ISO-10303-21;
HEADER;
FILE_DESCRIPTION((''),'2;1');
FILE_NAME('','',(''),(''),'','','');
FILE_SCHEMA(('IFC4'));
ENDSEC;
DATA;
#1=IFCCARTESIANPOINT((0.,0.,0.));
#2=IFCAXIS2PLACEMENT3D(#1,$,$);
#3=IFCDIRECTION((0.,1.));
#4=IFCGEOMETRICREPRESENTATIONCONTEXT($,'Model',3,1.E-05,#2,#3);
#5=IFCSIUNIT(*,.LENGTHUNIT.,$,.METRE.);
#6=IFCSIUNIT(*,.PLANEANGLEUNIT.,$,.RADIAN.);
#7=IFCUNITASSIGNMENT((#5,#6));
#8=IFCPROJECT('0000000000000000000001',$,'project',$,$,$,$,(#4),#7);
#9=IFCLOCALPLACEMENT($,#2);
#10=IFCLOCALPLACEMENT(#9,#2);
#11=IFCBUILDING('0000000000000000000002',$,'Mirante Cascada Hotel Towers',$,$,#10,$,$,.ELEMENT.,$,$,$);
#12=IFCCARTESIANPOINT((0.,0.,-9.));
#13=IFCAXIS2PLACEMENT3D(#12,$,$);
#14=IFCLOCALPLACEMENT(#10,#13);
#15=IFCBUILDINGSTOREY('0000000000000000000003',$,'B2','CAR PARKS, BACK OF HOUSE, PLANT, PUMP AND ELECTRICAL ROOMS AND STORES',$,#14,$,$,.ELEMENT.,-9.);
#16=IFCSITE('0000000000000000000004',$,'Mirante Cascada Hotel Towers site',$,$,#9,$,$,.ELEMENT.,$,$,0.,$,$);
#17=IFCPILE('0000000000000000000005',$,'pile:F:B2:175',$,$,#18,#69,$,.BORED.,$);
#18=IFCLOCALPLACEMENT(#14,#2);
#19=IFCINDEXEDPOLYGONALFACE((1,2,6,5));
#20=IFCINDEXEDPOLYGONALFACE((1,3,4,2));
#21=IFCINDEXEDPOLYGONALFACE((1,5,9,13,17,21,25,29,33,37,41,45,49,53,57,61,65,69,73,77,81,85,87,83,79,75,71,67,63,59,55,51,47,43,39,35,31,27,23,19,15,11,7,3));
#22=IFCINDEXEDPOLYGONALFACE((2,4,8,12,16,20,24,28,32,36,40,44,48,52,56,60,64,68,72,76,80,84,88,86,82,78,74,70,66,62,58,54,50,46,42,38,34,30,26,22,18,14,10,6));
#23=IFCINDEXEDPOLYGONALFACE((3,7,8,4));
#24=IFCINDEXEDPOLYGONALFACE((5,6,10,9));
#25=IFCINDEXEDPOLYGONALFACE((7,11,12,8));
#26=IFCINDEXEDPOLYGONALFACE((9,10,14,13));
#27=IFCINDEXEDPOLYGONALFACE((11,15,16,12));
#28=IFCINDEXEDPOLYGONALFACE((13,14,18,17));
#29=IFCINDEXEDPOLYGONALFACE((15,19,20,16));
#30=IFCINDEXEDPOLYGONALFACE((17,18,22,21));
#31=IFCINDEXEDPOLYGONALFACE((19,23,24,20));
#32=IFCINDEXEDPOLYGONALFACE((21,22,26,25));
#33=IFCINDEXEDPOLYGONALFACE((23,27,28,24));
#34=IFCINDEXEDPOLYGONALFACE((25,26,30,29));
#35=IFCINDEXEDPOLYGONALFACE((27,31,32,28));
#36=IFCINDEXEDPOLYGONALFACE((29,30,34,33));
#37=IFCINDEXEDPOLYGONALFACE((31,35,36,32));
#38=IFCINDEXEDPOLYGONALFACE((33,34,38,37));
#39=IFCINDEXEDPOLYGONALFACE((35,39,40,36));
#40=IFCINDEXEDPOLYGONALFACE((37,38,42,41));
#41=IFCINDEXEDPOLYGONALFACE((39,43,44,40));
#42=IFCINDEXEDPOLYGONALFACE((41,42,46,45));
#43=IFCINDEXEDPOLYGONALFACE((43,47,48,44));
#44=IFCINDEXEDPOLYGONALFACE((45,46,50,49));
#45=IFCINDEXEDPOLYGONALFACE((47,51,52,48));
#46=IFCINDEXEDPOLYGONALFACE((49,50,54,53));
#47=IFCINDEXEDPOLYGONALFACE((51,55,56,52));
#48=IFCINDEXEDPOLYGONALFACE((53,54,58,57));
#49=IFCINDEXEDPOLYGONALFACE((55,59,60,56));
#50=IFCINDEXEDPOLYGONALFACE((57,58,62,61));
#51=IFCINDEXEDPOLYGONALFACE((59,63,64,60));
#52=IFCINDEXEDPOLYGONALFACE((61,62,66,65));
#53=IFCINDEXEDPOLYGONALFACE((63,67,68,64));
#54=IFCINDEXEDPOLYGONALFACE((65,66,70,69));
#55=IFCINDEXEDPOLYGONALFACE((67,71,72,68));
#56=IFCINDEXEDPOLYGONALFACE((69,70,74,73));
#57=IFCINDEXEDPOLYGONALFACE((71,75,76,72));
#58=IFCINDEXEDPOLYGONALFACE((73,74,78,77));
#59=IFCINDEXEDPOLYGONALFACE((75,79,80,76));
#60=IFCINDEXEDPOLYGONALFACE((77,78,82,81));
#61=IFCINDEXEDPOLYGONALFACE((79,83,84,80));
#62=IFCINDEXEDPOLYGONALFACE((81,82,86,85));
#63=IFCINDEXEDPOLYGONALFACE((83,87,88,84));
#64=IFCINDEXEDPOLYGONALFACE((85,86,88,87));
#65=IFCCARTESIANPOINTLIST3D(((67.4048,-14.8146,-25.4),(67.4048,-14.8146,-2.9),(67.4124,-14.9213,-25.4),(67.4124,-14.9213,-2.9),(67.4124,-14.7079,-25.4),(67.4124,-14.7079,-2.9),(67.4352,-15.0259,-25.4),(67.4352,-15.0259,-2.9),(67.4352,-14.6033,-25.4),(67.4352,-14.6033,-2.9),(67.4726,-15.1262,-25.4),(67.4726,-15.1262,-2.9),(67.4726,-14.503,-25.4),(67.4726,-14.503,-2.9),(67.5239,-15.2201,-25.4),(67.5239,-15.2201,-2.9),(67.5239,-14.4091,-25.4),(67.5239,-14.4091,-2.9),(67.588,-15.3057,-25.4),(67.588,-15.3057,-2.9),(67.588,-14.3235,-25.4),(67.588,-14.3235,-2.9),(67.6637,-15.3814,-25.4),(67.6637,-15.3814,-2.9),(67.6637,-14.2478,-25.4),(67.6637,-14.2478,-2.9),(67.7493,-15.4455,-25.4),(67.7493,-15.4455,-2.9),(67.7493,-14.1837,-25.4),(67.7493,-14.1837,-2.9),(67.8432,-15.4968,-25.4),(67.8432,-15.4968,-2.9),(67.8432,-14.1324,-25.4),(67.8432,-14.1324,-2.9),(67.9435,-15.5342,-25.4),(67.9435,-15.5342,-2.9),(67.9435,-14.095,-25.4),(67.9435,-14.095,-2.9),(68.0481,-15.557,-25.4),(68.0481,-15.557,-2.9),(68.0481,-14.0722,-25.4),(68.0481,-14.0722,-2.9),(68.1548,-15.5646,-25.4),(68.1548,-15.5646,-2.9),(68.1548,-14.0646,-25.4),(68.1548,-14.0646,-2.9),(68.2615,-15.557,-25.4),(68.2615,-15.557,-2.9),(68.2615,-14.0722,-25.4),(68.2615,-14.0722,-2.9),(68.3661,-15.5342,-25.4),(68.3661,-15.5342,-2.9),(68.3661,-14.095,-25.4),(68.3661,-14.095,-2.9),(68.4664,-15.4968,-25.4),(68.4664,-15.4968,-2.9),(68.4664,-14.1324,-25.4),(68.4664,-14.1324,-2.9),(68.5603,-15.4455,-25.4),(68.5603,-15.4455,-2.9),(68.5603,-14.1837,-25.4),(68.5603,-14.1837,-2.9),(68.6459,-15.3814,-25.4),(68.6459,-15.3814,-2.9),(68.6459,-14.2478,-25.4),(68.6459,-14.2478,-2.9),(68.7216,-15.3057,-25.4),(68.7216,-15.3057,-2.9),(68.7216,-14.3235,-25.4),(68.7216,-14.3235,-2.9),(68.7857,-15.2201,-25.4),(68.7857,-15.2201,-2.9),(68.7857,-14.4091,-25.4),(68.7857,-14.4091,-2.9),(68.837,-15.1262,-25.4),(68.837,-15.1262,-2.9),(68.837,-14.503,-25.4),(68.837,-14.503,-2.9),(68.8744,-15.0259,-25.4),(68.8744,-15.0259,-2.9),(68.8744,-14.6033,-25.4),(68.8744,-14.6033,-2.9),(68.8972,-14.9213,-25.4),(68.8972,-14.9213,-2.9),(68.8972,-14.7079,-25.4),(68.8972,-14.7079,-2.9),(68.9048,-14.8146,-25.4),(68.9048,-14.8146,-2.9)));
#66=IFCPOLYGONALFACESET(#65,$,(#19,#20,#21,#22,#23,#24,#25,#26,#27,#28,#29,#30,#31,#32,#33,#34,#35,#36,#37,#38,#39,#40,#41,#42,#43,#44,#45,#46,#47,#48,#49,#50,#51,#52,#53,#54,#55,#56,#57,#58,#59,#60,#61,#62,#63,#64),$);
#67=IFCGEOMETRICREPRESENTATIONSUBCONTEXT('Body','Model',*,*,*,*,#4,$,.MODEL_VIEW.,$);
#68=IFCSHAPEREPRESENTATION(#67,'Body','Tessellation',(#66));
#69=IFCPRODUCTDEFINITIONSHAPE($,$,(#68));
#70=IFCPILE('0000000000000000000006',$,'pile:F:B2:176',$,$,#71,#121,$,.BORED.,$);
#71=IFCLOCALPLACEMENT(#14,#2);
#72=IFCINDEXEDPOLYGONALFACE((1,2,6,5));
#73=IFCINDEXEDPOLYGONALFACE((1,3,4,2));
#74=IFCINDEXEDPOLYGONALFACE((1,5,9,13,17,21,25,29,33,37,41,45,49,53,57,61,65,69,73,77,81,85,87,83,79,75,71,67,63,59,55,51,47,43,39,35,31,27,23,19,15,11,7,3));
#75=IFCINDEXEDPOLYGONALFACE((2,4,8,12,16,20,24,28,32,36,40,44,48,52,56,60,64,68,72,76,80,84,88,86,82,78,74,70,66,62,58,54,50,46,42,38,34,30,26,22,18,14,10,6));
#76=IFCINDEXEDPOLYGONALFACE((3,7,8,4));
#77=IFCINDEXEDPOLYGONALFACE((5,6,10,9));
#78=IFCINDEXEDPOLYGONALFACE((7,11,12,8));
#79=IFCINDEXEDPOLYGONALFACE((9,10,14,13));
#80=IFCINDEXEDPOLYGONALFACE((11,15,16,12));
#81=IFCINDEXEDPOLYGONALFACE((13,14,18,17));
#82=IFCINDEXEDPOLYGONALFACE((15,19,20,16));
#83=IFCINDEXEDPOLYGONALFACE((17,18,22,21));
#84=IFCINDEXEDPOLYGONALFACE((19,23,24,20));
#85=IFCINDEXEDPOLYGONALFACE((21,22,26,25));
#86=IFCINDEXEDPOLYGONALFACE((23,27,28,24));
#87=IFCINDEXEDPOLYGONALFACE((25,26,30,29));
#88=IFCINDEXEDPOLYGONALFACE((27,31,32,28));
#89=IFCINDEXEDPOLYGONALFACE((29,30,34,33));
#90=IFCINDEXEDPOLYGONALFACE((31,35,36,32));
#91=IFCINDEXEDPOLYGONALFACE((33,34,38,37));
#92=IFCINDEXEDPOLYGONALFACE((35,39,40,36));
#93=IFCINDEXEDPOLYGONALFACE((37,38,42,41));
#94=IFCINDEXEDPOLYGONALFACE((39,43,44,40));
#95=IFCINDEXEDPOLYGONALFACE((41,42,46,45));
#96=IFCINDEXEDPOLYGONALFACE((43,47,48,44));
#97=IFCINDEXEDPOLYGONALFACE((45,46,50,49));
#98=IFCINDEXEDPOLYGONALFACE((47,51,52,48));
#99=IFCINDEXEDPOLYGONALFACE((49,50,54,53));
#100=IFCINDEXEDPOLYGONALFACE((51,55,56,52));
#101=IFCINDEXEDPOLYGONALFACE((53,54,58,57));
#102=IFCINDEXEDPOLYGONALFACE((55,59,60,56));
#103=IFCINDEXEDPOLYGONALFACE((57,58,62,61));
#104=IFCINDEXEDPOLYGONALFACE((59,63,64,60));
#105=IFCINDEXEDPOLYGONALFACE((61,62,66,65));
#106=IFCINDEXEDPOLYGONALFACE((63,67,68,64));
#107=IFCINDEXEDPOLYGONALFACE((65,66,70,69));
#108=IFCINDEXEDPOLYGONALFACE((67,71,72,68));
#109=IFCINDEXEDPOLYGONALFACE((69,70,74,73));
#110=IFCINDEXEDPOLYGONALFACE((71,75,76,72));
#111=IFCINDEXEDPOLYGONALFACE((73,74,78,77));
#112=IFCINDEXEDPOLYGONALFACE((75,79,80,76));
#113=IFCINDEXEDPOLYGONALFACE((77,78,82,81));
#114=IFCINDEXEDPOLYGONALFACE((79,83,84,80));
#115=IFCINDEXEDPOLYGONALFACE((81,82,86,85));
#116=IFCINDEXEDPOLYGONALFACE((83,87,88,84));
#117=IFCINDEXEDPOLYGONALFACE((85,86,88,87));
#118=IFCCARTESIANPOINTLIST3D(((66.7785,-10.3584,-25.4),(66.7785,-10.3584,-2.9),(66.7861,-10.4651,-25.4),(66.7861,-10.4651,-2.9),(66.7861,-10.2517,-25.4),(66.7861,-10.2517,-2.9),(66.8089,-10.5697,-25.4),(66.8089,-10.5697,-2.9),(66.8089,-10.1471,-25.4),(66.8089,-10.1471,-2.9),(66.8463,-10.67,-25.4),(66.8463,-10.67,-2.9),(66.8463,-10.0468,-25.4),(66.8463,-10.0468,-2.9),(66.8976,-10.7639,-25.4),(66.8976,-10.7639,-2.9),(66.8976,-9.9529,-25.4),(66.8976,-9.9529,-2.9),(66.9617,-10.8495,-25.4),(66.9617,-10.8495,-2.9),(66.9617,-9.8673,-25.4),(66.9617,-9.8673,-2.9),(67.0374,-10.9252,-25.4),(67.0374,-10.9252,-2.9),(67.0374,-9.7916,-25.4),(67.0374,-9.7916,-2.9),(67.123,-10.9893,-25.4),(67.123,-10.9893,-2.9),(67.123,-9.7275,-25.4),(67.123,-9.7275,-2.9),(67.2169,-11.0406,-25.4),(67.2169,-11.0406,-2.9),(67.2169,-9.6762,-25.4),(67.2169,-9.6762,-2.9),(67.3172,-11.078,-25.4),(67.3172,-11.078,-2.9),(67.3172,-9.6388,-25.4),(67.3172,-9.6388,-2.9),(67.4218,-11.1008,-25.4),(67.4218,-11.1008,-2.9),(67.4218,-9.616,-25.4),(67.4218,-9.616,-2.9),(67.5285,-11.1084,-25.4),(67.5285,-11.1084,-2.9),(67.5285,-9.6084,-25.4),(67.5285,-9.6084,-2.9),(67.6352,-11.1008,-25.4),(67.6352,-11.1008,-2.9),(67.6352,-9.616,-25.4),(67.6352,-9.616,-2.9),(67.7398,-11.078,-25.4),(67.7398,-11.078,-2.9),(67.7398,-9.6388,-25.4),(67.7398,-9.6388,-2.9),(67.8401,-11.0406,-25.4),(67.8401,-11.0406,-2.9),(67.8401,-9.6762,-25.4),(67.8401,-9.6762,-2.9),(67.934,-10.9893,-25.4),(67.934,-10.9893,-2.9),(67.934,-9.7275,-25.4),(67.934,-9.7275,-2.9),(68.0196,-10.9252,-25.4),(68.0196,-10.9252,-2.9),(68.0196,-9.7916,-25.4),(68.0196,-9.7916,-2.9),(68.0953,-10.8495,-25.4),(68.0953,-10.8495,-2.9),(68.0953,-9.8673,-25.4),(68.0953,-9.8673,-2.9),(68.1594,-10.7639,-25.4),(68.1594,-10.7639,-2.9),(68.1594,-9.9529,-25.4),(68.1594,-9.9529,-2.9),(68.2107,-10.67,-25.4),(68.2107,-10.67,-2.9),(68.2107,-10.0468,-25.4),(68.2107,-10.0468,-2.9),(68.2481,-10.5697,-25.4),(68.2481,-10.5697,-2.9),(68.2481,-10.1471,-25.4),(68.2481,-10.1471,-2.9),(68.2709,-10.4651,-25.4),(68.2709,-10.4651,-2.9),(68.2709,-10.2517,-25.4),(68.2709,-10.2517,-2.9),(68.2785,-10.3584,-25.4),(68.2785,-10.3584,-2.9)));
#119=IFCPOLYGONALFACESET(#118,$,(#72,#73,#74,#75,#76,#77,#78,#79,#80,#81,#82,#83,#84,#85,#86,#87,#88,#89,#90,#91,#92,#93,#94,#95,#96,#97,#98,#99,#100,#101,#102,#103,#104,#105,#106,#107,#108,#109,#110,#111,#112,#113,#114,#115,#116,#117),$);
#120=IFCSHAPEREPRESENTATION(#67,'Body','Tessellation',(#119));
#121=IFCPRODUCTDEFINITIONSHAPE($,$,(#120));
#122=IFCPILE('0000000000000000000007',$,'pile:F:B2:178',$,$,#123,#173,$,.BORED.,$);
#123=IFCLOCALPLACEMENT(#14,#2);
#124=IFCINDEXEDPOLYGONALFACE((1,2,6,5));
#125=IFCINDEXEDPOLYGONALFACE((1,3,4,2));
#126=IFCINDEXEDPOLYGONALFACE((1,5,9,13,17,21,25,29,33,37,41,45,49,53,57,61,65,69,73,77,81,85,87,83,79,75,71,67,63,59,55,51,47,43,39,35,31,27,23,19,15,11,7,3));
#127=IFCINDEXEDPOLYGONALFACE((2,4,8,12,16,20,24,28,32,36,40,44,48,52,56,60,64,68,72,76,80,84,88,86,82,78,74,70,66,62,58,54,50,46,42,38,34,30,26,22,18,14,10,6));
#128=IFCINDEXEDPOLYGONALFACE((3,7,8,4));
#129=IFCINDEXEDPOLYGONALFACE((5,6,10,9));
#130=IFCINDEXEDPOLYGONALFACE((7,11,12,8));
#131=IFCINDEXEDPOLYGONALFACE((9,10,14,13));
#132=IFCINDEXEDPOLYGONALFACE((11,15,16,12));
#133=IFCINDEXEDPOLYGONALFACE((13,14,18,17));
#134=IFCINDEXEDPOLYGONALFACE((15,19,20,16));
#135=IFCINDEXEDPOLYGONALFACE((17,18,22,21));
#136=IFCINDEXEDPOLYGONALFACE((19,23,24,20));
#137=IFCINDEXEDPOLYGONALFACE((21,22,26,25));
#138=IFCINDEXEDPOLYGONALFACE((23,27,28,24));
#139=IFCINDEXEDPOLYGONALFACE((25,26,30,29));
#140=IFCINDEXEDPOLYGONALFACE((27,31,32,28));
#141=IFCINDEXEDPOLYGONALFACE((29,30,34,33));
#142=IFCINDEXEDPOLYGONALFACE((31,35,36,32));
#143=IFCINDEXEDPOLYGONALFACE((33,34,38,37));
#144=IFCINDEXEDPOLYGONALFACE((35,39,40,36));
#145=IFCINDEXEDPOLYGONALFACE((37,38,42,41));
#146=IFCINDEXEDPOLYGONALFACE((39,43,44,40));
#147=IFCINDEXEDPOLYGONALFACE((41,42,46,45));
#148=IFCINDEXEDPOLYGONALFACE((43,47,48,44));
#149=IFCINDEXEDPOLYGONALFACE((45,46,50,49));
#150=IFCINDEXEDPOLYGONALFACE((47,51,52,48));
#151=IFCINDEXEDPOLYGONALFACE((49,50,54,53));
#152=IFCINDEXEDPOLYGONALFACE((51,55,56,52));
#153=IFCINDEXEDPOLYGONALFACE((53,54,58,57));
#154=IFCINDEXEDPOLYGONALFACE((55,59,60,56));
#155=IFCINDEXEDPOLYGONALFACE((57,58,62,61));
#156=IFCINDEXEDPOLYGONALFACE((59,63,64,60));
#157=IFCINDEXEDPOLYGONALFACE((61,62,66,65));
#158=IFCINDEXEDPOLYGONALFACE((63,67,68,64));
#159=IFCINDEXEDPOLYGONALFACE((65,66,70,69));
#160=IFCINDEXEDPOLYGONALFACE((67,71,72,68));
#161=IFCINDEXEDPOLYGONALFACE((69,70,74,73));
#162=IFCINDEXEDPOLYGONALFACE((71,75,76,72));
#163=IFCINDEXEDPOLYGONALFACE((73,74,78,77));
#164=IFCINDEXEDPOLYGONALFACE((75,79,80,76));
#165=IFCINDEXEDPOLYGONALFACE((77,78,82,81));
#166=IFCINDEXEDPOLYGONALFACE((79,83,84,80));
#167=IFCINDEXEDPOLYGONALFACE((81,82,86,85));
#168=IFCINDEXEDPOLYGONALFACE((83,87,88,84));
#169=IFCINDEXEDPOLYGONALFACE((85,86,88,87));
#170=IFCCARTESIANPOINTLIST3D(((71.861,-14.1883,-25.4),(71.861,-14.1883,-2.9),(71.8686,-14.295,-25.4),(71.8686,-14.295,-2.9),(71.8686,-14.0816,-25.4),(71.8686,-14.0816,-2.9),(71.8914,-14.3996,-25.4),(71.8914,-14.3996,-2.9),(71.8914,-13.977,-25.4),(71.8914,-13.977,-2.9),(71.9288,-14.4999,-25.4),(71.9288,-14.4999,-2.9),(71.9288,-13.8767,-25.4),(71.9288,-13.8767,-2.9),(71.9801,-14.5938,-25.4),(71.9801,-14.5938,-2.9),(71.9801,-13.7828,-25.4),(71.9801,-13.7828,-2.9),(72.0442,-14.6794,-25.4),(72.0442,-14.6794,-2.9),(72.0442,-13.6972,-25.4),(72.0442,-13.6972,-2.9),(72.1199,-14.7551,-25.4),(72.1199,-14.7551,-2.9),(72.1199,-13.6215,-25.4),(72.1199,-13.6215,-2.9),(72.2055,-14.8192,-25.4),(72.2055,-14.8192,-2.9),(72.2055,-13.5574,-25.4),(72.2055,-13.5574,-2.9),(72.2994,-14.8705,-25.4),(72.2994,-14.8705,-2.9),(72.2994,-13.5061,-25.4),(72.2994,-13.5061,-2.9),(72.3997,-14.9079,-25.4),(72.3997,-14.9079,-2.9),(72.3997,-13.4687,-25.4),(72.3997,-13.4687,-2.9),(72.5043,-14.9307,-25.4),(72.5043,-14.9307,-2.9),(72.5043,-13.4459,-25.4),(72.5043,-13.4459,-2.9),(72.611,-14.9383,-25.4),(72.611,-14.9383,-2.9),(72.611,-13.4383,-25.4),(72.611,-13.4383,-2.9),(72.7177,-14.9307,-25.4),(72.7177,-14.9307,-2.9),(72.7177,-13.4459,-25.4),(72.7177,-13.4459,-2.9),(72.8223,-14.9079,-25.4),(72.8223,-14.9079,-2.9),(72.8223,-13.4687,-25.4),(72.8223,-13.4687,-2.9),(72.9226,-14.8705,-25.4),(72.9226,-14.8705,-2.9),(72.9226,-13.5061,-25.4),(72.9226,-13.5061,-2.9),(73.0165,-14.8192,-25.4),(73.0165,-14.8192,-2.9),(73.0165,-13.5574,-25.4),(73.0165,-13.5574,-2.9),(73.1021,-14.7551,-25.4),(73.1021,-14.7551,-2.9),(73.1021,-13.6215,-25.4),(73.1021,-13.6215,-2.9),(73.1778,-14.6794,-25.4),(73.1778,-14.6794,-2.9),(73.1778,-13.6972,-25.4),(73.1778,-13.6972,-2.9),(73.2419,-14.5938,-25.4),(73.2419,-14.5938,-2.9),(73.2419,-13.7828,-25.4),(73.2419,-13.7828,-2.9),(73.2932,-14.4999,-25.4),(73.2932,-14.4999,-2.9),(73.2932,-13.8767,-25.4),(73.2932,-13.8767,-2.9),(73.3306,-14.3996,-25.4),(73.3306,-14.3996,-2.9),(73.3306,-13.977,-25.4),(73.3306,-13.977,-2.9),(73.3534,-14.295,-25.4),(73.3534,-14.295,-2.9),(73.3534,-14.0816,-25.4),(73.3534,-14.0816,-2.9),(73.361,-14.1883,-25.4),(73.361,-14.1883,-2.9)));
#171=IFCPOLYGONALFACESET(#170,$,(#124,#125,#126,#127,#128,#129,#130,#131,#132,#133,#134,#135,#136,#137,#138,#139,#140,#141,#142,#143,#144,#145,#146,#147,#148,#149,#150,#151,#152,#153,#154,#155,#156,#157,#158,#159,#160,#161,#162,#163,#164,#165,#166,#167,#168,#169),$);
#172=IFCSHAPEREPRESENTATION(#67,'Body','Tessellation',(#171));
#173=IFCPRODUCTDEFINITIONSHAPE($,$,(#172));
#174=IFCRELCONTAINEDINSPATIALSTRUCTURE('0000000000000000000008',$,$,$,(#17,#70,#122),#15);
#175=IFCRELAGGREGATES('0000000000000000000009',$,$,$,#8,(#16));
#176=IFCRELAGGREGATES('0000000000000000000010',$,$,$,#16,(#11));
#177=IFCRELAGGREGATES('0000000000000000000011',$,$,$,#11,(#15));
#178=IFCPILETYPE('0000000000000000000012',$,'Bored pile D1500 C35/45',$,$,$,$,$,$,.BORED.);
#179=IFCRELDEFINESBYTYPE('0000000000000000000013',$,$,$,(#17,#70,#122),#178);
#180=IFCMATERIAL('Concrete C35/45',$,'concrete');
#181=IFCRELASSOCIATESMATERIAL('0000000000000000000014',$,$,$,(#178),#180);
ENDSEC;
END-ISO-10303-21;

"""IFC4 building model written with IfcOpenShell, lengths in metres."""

from ifc_helpers import new_model, si_unit, direction, frame, origin, origin_2d, place, context, subcontext, project, spatial, circle, extrude, material, material_profile, profile_set, type_object, element, save


model = new_model("IFC4")

# Units and contexts
model_context = context("Model", 3, precision=1e-05, world=origin(), true_north=direction((0.0, 1.0)))
body_context = subcontext(model_context, "Body", "Model", "MODEL_VIEW")
ifc_project = project(units=[si_unit("LENGTHUNIT", "METRE"), si_unit("PLANEANGLEUNIT", "RADIAN")], contexts=[model_context])

# Site, building, storey
site_placement = place(None, origin())
site = spatial("IfcSite", under=ifc_project, at=site_placement, Name="Mirante Cascada Hotel Towers site", CompositionType="ELEMENT", RefElevation=0.0)
building_placement = place(site_placement, origin())
building = spatial("IfcBuilding", under=site, at=building_placement, Name="Mirante Cascada Hotel Towers", CompositionType="ELEMENT")
storey_placement = place(building_placement, frame((0.0, 0.0, -9.0)))
storey = spatial("IfcBuildingStorey", under=building, at=storey_placement, Name="B2", Description="CAR PARKS, BACK OF HOUSE, PLANT, PUMP AND ELECTRICAL ROOMS AND STORES", CompositionType="ELEMENT", Elevation=-9.0)

# Piles
ifc_material_1 = material(Name="Concrete C35/45", Category="concrete")
ifc_material_profile_1 = material_profile(ifc_material_1, circle(Radius=0.75, at=origin_2d()), Name="RC D1500")
ifc_profile_set_1 = profile_set([ifc_material_profile_1], Name="Concrete C35/45")
pile_type = type_object("IfcPileType", Name="Bored pile D1500 C35/45", PredefinedType="BORED", material=ifc_profile_set_1)
for number, where, z_axis, x_axis, name in (
    (1, (68.1548, -14.8146, -2.9), (0.0, 0.0, -1.0), (1.0, 0.0, 0.0), "pile:F:B2:175"),
    (2, (67.5285, -10.3584, -2.9), (0.0, 0.0, -1.0), (1.0, 0.0, 0.0), "pile:F:B2:176"),
    (3, (72.611, -14.1883, -2.9), (0.0, 0.0, -1.0), (1.0, 0.0, 0.0), "pile:F:B2:178"),
):
    element("IfcPile", number, at=place(storey_placement, frame(where, z_axis=z_axis, x_axis=x_axis)), inside=storey, type_object=pile_type, Name=name, PredefinedType="BORED", context=body_context, shape_type="SweptSolid", body=[
        extrude(circle(Radius=0.75, at=origin_2d()), origin(), (0.0, 0.0, 1.0), 22.5),
    ])

save(model, "model.ifc")
